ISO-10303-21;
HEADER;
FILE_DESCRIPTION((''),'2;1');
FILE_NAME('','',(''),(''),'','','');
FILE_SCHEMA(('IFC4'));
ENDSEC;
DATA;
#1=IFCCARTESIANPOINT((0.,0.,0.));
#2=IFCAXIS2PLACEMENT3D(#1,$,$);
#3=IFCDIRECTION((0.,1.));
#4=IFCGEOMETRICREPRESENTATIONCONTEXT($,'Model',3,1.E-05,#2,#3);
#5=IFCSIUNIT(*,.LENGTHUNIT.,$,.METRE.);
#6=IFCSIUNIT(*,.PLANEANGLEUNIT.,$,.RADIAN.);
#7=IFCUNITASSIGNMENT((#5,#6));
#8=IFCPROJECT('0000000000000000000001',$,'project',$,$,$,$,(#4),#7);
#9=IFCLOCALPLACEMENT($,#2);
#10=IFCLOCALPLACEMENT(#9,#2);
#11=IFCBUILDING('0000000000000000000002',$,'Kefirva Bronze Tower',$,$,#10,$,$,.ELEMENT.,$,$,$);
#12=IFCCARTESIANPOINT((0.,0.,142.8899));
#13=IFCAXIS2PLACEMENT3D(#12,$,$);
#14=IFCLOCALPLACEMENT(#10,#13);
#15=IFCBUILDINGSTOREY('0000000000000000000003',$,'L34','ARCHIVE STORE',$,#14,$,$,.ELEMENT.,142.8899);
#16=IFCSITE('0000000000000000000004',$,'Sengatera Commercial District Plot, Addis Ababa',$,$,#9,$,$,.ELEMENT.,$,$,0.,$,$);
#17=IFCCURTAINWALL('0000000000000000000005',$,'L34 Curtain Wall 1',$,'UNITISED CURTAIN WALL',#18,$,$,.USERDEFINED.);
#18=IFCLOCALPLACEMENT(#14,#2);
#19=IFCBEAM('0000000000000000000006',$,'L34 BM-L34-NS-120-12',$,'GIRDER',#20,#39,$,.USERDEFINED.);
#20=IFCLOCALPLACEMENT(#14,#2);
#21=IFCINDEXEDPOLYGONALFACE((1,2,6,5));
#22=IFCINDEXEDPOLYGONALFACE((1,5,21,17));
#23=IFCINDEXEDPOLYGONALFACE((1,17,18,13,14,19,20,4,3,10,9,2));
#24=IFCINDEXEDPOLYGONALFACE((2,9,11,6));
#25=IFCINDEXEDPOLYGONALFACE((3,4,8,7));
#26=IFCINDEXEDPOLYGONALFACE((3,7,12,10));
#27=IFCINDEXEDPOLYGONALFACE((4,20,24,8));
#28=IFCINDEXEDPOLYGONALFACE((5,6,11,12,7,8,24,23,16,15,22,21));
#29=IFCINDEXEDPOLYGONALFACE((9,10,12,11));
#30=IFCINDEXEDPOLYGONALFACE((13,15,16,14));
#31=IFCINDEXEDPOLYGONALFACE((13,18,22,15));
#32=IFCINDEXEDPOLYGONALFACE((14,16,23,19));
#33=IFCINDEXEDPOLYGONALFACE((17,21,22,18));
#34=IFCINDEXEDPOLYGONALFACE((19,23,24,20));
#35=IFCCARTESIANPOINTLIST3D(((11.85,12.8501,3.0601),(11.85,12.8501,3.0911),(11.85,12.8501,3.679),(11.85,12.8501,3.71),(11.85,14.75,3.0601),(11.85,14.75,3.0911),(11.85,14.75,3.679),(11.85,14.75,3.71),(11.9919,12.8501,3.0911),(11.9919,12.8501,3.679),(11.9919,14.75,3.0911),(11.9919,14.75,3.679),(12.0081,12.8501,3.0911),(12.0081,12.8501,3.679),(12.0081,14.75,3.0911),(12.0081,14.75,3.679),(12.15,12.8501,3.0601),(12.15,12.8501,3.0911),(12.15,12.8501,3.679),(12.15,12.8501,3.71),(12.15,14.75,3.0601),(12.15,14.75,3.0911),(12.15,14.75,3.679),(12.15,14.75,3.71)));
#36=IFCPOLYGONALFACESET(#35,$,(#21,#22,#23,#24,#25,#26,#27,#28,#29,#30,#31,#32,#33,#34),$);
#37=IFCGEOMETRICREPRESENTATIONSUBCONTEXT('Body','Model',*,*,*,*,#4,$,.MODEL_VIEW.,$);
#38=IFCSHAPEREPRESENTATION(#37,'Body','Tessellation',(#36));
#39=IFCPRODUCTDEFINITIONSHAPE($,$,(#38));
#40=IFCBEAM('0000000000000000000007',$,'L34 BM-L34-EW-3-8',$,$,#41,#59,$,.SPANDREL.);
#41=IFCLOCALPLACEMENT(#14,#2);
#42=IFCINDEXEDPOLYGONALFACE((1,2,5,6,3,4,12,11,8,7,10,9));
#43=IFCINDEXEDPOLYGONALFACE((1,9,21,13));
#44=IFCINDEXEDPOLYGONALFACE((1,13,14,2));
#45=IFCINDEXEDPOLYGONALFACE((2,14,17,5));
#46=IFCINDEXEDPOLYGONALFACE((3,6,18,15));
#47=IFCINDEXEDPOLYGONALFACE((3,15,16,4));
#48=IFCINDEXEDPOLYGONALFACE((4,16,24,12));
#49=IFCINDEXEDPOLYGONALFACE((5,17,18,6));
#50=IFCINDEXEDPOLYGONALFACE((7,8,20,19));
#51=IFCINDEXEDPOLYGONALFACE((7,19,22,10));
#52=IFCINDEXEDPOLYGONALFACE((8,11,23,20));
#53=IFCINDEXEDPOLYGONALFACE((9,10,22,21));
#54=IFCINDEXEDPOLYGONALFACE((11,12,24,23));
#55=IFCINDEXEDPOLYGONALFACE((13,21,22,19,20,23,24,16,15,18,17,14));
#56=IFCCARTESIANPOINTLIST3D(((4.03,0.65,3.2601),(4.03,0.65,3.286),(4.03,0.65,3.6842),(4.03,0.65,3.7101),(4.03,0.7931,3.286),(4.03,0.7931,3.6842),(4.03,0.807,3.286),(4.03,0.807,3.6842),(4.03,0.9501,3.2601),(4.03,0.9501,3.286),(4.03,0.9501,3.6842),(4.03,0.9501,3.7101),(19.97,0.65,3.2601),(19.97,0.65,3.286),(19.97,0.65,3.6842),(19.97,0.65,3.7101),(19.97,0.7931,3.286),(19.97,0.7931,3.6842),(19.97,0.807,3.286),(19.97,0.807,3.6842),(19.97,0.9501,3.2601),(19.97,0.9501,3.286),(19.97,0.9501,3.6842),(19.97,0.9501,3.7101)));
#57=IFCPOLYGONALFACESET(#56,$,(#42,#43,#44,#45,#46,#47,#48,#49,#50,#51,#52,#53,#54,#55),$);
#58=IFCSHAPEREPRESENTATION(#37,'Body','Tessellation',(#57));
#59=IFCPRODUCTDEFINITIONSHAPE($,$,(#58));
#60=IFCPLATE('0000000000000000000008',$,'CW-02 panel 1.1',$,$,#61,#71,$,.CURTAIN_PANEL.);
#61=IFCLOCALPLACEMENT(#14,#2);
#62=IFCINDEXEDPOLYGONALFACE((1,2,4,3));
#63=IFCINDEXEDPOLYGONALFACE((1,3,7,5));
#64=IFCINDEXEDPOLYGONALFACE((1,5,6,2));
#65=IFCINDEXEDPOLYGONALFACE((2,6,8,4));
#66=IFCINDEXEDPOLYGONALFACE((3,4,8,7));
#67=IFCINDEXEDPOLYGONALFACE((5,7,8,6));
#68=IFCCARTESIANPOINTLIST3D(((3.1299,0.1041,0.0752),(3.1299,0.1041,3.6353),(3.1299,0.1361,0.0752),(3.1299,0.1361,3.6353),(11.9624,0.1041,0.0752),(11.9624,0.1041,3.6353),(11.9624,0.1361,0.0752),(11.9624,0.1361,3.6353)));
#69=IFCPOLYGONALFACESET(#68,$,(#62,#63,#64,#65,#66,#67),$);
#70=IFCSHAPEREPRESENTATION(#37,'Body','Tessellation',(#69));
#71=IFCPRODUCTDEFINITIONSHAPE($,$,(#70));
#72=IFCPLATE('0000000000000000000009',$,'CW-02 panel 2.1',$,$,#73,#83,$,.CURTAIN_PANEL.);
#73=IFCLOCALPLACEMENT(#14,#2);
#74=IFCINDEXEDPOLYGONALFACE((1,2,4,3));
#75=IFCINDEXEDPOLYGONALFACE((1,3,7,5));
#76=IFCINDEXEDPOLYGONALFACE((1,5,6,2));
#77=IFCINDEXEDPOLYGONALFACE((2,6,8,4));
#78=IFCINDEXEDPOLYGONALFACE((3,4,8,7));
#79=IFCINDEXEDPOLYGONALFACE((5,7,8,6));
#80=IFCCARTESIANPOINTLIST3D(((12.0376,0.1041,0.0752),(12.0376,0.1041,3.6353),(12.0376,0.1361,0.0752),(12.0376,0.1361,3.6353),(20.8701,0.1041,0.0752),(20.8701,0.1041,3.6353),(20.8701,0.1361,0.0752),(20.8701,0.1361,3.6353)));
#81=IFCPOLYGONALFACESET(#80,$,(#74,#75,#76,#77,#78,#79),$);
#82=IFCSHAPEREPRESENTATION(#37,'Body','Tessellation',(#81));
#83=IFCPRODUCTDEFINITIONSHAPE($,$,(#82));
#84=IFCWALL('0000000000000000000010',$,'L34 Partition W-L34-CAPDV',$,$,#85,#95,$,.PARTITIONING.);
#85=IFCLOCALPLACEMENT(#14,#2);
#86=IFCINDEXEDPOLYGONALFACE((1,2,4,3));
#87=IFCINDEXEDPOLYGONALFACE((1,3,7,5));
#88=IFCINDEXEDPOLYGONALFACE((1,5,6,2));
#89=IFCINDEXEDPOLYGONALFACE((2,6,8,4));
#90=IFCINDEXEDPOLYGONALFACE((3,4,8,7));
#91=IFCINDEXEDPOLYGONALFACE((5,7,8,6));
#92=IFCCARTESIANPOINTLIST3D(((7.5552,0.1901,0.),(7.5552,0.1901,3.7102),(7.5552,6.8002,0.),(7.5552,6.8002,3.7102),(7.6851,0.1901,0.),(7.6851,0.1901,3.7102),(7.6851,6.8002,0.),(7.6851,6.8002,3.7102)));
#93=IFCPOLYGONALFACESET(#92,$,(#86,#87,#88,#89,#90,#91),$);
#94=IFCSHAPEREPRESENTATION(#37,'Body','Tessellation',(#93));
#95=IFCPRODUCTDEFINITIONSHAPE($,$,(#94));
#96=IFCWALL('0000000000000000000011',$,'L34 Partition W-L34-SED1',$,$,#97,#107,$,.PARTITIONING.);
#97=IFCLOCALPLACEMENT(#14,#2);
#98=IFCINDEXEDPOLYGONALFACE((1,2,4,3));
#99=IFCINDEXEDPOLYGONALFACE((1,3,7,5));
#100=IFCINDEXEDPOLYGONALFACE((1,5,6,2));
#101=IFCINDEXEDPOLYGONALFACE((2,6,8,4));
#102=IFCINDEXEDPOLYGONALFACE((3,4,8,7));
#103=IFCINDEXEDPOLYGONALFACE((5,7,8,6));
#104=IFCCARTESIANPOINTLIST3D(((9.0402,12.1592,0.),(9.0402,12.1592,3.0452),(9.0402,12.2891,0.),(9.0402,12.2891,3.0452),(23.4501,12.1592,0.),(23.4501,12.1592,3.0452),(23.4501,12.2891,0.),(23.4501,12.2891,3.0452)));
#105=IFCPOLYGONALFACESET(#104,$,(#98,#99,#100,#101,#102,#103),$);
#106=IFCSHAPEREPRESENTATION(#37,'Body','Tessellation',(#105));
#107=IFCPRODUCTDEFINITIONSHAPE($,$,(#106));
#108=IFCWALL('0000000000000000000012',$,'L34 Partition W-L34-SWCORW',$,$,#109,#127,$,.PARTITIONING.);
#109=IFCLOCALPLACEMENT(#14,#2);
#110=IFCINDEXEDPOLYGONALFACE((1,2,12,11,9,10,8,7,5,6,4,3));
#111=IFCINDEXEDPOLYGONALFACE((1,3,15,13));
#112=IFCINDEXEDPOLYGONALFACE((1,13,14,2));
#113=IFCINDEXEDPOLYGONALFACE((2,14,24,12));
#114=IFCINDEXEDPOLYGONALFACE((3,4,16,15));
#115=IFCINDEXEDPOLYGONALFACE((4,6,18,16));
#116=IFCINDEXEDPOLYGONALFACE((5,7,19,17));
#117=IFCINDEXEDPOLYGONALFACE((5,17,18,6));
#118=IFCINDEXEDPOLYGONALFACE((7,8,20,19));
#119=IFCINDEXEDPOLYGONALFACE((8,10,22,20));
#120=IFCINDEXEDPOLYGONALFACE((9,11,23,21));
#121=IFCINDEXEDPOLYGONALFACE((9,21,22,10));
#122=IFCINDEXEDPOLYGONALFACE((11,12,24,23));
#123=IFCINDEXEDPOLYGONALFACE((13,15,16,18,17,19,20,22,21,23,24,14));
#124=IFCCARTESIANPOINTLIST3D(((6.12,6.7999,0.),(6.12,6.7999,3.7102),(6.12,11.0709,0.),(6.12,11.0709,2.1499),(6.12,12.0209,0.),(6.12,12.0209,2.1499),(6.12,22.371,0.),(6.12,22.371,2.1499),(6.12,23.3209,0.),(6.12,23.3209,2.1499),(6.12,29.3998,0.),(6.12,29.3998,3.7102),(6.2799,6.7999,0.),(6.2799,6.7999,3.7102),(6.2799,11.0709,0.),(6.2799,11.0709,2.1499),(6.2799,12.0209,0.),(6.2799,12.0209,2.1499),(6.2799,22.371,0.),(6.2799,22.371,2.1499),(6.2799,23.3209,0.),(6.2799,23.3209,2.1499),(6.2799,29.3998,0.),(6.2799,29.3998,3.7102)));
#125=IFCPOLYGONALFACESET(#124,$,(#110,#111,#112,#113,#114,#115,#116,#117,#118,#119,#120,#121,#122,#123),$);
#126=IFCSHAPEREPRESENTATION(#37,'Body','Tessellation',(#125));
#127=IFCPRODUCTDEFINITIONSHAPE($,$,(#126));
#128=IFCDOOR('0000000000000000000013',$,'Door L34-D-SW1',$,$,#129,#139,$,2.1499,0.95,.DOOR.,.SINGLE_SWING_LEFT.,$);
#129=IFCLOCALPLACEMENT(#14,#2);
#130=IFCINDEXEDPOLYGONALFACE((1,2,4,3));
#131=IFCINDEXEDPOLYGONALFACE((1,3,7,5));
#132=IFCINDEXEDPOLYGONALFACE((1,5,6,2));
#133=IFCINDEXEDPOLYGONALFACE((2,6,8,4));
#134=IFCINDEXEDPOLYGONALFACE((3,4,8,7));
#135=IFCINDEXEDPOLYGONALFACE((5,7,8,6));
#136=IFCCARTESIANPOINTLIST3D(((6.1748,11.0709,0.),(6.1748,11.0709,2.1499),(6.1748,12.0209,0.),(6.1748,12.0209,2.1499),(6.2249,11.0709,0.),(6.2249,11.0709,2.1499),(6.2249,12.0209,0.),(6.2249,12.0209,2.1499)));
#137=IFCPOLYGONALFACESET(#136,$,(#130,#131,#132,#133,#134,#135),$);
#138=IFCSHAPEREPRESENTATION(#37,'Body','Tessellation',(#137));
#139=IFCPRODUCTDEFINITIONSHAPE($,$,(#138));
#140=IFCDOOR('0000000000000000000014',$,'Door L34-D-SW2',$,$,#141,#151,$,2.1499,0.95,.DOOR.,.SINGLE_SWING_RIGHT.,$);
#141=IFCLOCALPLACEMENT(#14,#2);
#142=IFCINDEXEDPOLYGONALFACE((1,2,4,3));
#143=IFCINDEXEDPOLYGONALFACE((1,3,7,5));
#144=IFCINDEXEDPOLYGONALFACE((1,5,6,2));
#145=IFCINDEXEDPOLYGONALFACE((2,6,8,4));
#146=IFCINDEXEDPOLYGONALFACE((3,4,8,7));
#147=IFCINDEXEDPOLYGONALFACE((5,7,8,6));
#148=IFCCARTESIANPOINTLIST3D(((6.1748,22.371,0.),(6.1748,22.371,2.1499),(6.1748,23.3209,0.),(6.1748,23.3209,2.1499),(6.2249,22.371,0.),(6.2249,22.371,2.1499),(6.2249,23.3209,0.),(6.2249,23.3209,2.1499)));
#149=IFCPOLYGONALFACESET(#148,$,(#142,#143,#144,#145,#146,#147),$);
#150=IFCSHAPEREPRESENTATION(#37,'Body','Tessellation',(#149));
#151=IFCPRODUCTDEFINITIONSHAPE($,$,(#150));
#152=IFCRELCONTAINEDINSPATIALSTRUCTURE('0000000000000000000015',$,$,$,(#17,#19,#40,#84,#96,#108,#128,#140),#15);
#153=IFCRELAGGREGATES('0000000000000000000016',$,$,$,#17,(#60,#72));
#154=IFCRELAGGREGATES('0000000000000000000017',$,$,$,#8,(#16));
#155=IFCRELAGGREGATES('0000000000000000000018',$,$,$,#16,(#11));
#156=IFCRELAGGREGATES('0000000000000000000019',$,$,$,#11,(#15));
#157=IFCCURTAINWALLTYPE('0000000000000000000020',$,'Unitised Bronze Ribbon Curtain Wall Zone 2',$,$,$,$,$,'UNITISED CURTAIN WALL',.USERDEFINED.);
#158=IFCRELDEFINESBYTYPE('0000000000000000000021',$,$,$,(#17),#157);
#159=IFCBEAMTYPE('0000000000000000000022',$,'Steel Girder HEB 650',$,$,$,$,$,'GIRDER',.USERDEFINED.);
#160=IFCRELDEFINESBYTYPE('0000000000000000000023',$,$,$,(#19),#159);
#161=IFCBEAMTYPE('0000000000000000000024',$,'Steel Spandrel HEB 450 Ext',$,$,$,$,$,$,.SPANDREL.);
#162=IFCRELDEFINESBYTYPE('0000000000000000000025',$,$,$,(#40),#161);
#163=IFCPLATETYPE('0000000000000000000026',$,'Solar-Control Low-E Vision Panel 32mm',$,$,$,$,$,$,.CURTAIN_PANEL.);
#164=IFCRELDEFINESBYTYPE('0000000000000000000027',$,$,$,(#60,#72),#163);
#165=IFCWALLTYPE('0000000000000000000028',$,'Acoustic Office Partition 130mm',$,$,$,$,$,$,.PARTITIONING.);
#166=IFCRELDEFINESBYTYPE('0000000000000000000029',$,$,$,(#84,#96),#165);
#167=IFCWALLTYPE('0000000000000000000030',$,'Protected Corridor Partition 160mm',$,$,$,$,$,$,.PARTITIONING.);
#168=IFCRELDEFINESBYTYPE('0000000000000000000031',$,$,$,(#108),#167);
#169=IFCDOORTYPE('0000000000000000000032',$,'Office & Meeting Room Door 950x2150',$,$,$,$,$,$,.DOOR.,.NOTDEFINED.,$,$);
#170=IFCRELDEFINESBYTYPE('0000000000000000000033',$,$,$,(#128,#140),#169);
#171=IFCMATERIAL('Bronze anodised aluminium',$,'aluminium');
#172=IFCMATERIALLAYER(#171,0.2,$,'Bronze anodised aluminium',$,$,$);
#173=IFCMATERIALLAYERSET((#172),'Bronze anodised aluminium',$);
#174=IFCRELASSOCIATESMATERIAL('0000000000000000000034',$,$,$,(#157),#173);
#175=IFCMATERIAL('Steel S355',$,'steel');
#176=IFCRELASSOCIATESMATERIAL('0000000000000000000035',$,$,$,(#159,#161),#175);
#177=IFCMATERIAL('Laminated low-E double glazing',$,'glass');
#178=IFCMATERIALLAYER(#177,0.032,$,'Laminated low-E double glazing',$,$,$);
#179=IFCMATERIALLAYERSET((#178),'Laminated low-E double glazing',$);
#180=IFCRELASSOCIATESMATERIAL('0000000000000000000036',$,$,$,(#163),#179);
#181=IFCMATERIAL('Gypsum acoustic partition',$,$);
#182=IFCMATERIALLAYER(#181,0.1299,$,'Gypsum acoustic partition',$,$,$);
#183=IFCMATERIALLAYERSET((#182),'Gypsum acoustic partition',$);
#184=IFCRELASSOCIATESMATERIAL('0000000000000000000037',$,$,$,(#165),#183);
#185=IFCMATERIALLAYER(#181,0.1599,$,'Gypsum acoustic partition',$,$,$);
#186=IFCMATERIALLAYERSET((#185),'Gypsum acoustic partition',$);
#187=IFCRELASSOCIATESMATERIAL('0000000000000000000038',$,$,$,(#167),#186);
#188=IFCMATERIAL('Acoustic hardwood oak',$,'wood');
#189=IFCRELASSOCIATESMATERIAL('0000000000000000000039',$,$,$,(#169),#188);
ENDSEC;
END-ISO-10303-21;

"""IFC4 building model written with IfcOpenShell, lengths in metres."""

from ifc_helpers import new_model, si_unit, direction, frame, frame_2d, origin, origin_2d, place, context, subcontext, project, spatial, rectangle, i_section, extrude, material, layer, layer_set, material_profile, profile_set, type_object, element, fill, aggregate, save


model = new_model("IFC4")

# Units and contexts
model_context = context("Model", 3, precision=1e-05, world=origin(), true_north=direction((0.0, 1.0)))
body_context = subcontext(model_context, "Body", "Model", "MODEL_VIEW")
ifc_project = project(units=[si_unit("LENGTHUNIT", "METRE"), si_unit("PLANEANGLEUNIT", "RADIAN")], contexts=[model_context])

# Site, building, storey
site_placement = place(None, origin())
site = spatial("IfcSite", under=ifc_project, at=site_placement, Name="Sengatera Commercial District Plot, Addis Ababa", CompositionType="ELEMENT", RefElevation=0.0)
building_placement = place(site_placement, origin())
building = spatial("IfcBuilding", under=site, at=building_placement, Name="Kefirva Bronze Tower", CompositionType="ELEMENT")
storey_placement = place(building_placement, frame((0.0, 0.0, 142.8899)))
storey = spatial("IfcBuildingStorey", under=building, at=storey_placement, Name="L34", Description="ARCHIVE STORE", CompositionType="ELEMENT", Elevation=142.8899)

# Curtain wall
ifc_material_1 = material(Name="Bronze anodised aluminium", Category="aluminium")
ifc_layer_1 = layer(ifc_material_1, 0.2, Name="Bronze anodised aluminium")
ifc_layer_set_1 = layer_set([ifc_layer_1], Name="Bronze anodised aluminium")
curtain_wall_type = type_object("IfcCurtainWallType", Name="Unitised Bronze Ribbon Curtain Wall Zone 2", ElementType="UNITISED CURTAIN WALL", PredefinedType="USERDEFINED", material=ifc_layer_set_1)
curtain_wall_placement = place(storey_placement, origin())
curtain_wall = element("IfcCurtainWall", 1, at=curtain_wall_placement, inside=storey, type_object=curtain_wall_type, Name="L34 Curtain Wall 1", ObjectType="UNITISED CURTAIN WALL", PredefinedType="USERDEFINED")

# Beams
ifc_material_2 = material(Name="Steel S355", Category="steel")
ifc_material_profile_1 = material_profile(ifc_material_2, i_section(OverallWidth=0.3, OverallDepth=0.6499, WebThickness=0.0161, FlangeThickness=0.031, at=origin_2d()), Name="HEB 650")
ifc_profile_set_1 = profile_set([ifc_material_profile_1], Name="Steel S355")
beam_type_1 = type_object("IfcBeamType", Name="Steel Girder HEB 650", ElementType="GIRDER", PredefinedType="USERDEFINED", material=ifc_profile_set_1)
beam_1_placement = place(storey_placement, frame((12.0, 12.8501, 3.385), z_axis=(0.0, 1.0, 0.0), x_axis=(-1.0, 0.0, 0.0)))
element("IfcBeam", 2, at=beam_1_placement, inside=storey, type_object=beam_type_1, Name="L34 BM-L34-NS-120-12", ObjectType="GIRDER", PredefinedType="USERDEFINED", context=body_context, shape_type="SweptSolid", body=[
    extrude(i_section(OverallWidth=0.3, OverallDepth=0.6499, WebThickness=0.0161, FlangeThickness=0.031, at=origin_2d()), origin(), (0.0, 0.0, 1.0), 1.8999),
])
ifc_material_profile_2 = material_profile(ifc_material_2, i_section(OverallWidth=0.3, OverallDepth=0.45, WebThickness=0.0139, FlangeThickness=0.0259, at=origin_2d()), Name="HEB 450")
ifc_profile_set_2 = profile_set([ifc_material_profile_2], Name="Steel S355")
beam_type_2 = type_object("IfcBeamType", Name="Steel Spandrel HEB 450 Ext", PredefinedType="SPANDREL", material=ifc_profile_set_2)
beam_2_placement = place(storey_placement, frame((4.03, 0.8, 3.4851), z_axis=(1.0, 0.0, 0.0), x_axis=(0.0, 1.0, 0.0)))
element("IfcBeam", 3, at=beam_2_placement, inside=storey, type_object=beam_type_2, Name="L34 BM-L34-EW-3-8", PredefinedType="SPANDREL", context=body_context, shape_type="SweptSolid", body=[
    extrude(i_section(OverallWidth=0.3, OverallDepth=0.45, WebThickness=0.0139, FlangeThickness=0.0259, at=origin_2d()), origin(), (0.0, 0.0, 1.0), 15.9399),
])

# Plates
ifc_material_3 = material(Name="Laminated low-E double glazing", Category="glass")
ifc_layer_2 = layer(ifc_material_3, 0.032, Name="Laminated low-E double glazing")
ifc_layer_set_2 = layer_set([ifc_layer_2], Name="Laminated low-E double glazing")
plate_type = type_object("IfcPlateType", Name="Solar-Control Low-E Vision Panel 32mm", PredefinedType="CURTAIN_PANEL", material=ifc_layer_set_2)
plate_1_placement = place(storey_placement, frame((7.5461, 0.1201, 0.0752), z_axis=(0.0, 0.0, 1.0), x_axis=(1.0, 0.0, 0.0)))
plate_1 = element("IfcPlate", 4, at=plate_1_placement, type_object=plate_type, Name="CW-02 panel 1.1", PredefinedType="CURTAIN_PANEL", context=body_context, shape_type="SweptSolid", body=[
    extrude(rectangle(XDim=8.8325, YDim=0.032, at=origin_2d()), origin(), (0.0, 0.0, 1.0), 3.5601),
])
plate_2_placement = place(storey_placement, frame((16.4539, 0.1201, 0.0752), z_axis=(0.0, 0.0, 1.0), x_axis=(1.0, 0.0, 0.0)))
plate_2 = element("IfcPlate", 5, at=plate_2_placement, type_object=plate_type, Name="CW-02 panel 2.1", PredefinedType="CURTAIN_PANEL", context=body_context, shape_type="SweptSolid", body=[
    extrude(rectangle(XDim=8.8325, YDim=0.032, at=origin_2d()), origin(), (0.0, 0.0, 1.0), 3.5601),
])
aggregate(curtain_wall, [plate_1, plate_2])

# Walls
ifc_material_4 = material(Name="Gypsum acoustic partition")
ifc_layer_3 = layer(ifc_material_4, 0.1299, Name="Gypsum acoustic partition")
ifc_layer_set_3 = layer_set([ifc_layer_3], Name="Gypsum acoustic partition")
wall_type_1 = type_object("IfcWallType", Name="Acoustic Office Partition 130mm", PredefinedType="PARTITIONING", material=ifc_layer_set_3)
wall_1_placement = place(storey_placement, frame((7.6201, 0.1899, 0.0), z_axis=(0.0, 0.0, 1.0), x_axis=(0.0, 1.0, 0.0)))
element("IfcWall", 6, at=wall_1_placement, inside=storey, type_object=wall_type_1, Name="L34 Partition W-L34-CAPDV", PredefinedType="PARTITIONING", context=body_context, shape_type="SweptSolid", body=[
    extrude(rectangle(XDim=6.6101, YDim=0.1299, at=frame_2d((3.3052, 0.0))), origin(), (0.0, 0.0, 1.0), 3.7102),
])
wall_2_placement = place(storey_placement, frame((9.04, 12.2241, 0.0), z_axis=(0.0, 0.0, 1.0), x_axis=(1.0, 0.0, 0.0)))
element("IfcWall", 7, at=wall_2_placement, inside=storey, type_object=wall_type_1, Name="L34 Partition W-L34-SED1", PredefinedType="PARTITIONING", context=body_context, shape_type="SweptSolid", body=[
    extrude(rectangle(XDim=14.4099, YDim=0.1299, at=frame_2d((7.2051, 0.0))), origin(), (0.0, 0.0, 1.0), 3.0452),
])

# Wall, openings, doors
ifc_layer_4 = layer(ifc_material_4, 0.1599, Name="Gypsum acoustic partition")
ifc_layer_set_4 = layer_set([ifc_layer_4], Name="Gypsum acoustic partition")
wall_type_2 = type_object("IfcWallType", Name="Protected Corridor Partition 160mm", PredefinedType="PARTITIONING", material=ifc_layer_set_4)
wall_3_placement = place(storey_placement, frame((6.2, 6.8, 0.0), z_axis=(0.0, 0.0, 1.0), x_axis=(0.0, 1.0, 0.0)))
wall_3 = element("IfcWall", 8, at=wall_3_placement, inside=storey, type_object=wall_type_2, Name="L34 Partition W-L34-SWCORW", PredefinedType="PARTITIONING", context=body_context, shape_type="SweptSolid", body=[
    extrude(rectangle(XDim=22.5999, YDim=0.1599, at=frame_2d((11.2998, 0.0))), origin(), (0.0, 0.0, 1.0), 3.7102),
])
opening_1_placement = place(wall_3_placement, frame((5.2209, 0.0, 0.0), z_axis=(0.0, 0.0, 1.0), x_axis=(-1.0, 0.0, 0.0)))
opening_1 = element("IfcOpeningElement", 9, at=opening_1_placement, cuts=wall_3, PredefinedType="OPENING", context=body_context, shape_type="SweptSolid", body=[
    extrude(rectangle(XDim=0.95, YDim=2.1499, at=frame_2d((0.4751, 1.075))), frame((0.0, 0.0898, 0.0), z_axis=(0.0, -1.0, 0.0), x_axis=(1.0, 0.0, 0.0)), (0.0, 0.0, 1.0), 0.1799),
])
opening_2_placement = place(wall_3_placement, frame((16.521, 0.0, 0.0), z_axis=(0.0, 0.0, 1.0), x_axis=(-1.0, 0.0, 0.0)))
opening_2 = element("IfcOpeningElement", 10, at=opening_2_placement, cuts=wall_3, PredefinedType="OPENING", context=body_context, shape_type="SweptSolid", body=[
    extrude(rectangle(XDim=0.95, YDim=2.1499, at=frame_2d((0.4751, 1.075))), frame((0.0, 0.0898, 0.0), z_axis=(0.0, -1.0, 0.0), x_axis=(1.0, 0.0, 0.0)), (0.0, 0.0, 1.0), 0.1799),
])
ifc_material_5 = material(Name="Acoustic hardwood oak", Category="wood")
door_type = type_object("IfcDoorType", Name="Office & Meeting Room Door 950x2150", OperationType="NOTDEFINED", PredefinedType="DOOR", material=ifc_material_5)
door_1_placement = place(opening_1_placement, origin())
door_1 = element("IfcDoor", 11, at=door_1_placement, inside=storey, type_object=door_type, Name="Door L34-D-SW1", OperationType="SINGLE_SWING_LEFT", OverallHeight=2.1499, OverallWidth=0.95, PredefinedType="DOOR", context=body_context, shape_type="SweptSolid", body=[
    extrude(rectangle(XDim=0.95, YDim=2.1499, at=frame_2d((0.4751, 1.075))), frame((0.0, 0.0249, 0.0), z_axis=(0.0, -1.0, 0.0), x_axis=(1.0, 0.0, 0.0)), (0.0, 0.0, 1.0), 0.05),
])
fill(opening_1, door_1)
door_2_placement = place(opening_2_placement, origin())
door_2 = element("IfcDoor", 12, at=door_2_placement, inside=storey, type_object=door_type, Name="Door L34-D-SW2", OperationType="SINGLE_SWING_RIGHT", OverallHeight=2.1499, OverallWidth=0.95, PredefinedType="DOOR", context=body_context, shape_type="SweptSolid", body=[
    extrude(rectangle(XDim=0.95, YDim=2.1499, at=frame_2d((0.4751, 1.075))), frame((0.0, 0.0249, 0.0), z_axis=(0.0, -1.0, 0.0), x_axis=(1.0, 0.0, 0.0)), (0.0, 0.0, 1.0), 0.05),
])
fill(opening_2, door_2)

save(model, "model.ifc")
